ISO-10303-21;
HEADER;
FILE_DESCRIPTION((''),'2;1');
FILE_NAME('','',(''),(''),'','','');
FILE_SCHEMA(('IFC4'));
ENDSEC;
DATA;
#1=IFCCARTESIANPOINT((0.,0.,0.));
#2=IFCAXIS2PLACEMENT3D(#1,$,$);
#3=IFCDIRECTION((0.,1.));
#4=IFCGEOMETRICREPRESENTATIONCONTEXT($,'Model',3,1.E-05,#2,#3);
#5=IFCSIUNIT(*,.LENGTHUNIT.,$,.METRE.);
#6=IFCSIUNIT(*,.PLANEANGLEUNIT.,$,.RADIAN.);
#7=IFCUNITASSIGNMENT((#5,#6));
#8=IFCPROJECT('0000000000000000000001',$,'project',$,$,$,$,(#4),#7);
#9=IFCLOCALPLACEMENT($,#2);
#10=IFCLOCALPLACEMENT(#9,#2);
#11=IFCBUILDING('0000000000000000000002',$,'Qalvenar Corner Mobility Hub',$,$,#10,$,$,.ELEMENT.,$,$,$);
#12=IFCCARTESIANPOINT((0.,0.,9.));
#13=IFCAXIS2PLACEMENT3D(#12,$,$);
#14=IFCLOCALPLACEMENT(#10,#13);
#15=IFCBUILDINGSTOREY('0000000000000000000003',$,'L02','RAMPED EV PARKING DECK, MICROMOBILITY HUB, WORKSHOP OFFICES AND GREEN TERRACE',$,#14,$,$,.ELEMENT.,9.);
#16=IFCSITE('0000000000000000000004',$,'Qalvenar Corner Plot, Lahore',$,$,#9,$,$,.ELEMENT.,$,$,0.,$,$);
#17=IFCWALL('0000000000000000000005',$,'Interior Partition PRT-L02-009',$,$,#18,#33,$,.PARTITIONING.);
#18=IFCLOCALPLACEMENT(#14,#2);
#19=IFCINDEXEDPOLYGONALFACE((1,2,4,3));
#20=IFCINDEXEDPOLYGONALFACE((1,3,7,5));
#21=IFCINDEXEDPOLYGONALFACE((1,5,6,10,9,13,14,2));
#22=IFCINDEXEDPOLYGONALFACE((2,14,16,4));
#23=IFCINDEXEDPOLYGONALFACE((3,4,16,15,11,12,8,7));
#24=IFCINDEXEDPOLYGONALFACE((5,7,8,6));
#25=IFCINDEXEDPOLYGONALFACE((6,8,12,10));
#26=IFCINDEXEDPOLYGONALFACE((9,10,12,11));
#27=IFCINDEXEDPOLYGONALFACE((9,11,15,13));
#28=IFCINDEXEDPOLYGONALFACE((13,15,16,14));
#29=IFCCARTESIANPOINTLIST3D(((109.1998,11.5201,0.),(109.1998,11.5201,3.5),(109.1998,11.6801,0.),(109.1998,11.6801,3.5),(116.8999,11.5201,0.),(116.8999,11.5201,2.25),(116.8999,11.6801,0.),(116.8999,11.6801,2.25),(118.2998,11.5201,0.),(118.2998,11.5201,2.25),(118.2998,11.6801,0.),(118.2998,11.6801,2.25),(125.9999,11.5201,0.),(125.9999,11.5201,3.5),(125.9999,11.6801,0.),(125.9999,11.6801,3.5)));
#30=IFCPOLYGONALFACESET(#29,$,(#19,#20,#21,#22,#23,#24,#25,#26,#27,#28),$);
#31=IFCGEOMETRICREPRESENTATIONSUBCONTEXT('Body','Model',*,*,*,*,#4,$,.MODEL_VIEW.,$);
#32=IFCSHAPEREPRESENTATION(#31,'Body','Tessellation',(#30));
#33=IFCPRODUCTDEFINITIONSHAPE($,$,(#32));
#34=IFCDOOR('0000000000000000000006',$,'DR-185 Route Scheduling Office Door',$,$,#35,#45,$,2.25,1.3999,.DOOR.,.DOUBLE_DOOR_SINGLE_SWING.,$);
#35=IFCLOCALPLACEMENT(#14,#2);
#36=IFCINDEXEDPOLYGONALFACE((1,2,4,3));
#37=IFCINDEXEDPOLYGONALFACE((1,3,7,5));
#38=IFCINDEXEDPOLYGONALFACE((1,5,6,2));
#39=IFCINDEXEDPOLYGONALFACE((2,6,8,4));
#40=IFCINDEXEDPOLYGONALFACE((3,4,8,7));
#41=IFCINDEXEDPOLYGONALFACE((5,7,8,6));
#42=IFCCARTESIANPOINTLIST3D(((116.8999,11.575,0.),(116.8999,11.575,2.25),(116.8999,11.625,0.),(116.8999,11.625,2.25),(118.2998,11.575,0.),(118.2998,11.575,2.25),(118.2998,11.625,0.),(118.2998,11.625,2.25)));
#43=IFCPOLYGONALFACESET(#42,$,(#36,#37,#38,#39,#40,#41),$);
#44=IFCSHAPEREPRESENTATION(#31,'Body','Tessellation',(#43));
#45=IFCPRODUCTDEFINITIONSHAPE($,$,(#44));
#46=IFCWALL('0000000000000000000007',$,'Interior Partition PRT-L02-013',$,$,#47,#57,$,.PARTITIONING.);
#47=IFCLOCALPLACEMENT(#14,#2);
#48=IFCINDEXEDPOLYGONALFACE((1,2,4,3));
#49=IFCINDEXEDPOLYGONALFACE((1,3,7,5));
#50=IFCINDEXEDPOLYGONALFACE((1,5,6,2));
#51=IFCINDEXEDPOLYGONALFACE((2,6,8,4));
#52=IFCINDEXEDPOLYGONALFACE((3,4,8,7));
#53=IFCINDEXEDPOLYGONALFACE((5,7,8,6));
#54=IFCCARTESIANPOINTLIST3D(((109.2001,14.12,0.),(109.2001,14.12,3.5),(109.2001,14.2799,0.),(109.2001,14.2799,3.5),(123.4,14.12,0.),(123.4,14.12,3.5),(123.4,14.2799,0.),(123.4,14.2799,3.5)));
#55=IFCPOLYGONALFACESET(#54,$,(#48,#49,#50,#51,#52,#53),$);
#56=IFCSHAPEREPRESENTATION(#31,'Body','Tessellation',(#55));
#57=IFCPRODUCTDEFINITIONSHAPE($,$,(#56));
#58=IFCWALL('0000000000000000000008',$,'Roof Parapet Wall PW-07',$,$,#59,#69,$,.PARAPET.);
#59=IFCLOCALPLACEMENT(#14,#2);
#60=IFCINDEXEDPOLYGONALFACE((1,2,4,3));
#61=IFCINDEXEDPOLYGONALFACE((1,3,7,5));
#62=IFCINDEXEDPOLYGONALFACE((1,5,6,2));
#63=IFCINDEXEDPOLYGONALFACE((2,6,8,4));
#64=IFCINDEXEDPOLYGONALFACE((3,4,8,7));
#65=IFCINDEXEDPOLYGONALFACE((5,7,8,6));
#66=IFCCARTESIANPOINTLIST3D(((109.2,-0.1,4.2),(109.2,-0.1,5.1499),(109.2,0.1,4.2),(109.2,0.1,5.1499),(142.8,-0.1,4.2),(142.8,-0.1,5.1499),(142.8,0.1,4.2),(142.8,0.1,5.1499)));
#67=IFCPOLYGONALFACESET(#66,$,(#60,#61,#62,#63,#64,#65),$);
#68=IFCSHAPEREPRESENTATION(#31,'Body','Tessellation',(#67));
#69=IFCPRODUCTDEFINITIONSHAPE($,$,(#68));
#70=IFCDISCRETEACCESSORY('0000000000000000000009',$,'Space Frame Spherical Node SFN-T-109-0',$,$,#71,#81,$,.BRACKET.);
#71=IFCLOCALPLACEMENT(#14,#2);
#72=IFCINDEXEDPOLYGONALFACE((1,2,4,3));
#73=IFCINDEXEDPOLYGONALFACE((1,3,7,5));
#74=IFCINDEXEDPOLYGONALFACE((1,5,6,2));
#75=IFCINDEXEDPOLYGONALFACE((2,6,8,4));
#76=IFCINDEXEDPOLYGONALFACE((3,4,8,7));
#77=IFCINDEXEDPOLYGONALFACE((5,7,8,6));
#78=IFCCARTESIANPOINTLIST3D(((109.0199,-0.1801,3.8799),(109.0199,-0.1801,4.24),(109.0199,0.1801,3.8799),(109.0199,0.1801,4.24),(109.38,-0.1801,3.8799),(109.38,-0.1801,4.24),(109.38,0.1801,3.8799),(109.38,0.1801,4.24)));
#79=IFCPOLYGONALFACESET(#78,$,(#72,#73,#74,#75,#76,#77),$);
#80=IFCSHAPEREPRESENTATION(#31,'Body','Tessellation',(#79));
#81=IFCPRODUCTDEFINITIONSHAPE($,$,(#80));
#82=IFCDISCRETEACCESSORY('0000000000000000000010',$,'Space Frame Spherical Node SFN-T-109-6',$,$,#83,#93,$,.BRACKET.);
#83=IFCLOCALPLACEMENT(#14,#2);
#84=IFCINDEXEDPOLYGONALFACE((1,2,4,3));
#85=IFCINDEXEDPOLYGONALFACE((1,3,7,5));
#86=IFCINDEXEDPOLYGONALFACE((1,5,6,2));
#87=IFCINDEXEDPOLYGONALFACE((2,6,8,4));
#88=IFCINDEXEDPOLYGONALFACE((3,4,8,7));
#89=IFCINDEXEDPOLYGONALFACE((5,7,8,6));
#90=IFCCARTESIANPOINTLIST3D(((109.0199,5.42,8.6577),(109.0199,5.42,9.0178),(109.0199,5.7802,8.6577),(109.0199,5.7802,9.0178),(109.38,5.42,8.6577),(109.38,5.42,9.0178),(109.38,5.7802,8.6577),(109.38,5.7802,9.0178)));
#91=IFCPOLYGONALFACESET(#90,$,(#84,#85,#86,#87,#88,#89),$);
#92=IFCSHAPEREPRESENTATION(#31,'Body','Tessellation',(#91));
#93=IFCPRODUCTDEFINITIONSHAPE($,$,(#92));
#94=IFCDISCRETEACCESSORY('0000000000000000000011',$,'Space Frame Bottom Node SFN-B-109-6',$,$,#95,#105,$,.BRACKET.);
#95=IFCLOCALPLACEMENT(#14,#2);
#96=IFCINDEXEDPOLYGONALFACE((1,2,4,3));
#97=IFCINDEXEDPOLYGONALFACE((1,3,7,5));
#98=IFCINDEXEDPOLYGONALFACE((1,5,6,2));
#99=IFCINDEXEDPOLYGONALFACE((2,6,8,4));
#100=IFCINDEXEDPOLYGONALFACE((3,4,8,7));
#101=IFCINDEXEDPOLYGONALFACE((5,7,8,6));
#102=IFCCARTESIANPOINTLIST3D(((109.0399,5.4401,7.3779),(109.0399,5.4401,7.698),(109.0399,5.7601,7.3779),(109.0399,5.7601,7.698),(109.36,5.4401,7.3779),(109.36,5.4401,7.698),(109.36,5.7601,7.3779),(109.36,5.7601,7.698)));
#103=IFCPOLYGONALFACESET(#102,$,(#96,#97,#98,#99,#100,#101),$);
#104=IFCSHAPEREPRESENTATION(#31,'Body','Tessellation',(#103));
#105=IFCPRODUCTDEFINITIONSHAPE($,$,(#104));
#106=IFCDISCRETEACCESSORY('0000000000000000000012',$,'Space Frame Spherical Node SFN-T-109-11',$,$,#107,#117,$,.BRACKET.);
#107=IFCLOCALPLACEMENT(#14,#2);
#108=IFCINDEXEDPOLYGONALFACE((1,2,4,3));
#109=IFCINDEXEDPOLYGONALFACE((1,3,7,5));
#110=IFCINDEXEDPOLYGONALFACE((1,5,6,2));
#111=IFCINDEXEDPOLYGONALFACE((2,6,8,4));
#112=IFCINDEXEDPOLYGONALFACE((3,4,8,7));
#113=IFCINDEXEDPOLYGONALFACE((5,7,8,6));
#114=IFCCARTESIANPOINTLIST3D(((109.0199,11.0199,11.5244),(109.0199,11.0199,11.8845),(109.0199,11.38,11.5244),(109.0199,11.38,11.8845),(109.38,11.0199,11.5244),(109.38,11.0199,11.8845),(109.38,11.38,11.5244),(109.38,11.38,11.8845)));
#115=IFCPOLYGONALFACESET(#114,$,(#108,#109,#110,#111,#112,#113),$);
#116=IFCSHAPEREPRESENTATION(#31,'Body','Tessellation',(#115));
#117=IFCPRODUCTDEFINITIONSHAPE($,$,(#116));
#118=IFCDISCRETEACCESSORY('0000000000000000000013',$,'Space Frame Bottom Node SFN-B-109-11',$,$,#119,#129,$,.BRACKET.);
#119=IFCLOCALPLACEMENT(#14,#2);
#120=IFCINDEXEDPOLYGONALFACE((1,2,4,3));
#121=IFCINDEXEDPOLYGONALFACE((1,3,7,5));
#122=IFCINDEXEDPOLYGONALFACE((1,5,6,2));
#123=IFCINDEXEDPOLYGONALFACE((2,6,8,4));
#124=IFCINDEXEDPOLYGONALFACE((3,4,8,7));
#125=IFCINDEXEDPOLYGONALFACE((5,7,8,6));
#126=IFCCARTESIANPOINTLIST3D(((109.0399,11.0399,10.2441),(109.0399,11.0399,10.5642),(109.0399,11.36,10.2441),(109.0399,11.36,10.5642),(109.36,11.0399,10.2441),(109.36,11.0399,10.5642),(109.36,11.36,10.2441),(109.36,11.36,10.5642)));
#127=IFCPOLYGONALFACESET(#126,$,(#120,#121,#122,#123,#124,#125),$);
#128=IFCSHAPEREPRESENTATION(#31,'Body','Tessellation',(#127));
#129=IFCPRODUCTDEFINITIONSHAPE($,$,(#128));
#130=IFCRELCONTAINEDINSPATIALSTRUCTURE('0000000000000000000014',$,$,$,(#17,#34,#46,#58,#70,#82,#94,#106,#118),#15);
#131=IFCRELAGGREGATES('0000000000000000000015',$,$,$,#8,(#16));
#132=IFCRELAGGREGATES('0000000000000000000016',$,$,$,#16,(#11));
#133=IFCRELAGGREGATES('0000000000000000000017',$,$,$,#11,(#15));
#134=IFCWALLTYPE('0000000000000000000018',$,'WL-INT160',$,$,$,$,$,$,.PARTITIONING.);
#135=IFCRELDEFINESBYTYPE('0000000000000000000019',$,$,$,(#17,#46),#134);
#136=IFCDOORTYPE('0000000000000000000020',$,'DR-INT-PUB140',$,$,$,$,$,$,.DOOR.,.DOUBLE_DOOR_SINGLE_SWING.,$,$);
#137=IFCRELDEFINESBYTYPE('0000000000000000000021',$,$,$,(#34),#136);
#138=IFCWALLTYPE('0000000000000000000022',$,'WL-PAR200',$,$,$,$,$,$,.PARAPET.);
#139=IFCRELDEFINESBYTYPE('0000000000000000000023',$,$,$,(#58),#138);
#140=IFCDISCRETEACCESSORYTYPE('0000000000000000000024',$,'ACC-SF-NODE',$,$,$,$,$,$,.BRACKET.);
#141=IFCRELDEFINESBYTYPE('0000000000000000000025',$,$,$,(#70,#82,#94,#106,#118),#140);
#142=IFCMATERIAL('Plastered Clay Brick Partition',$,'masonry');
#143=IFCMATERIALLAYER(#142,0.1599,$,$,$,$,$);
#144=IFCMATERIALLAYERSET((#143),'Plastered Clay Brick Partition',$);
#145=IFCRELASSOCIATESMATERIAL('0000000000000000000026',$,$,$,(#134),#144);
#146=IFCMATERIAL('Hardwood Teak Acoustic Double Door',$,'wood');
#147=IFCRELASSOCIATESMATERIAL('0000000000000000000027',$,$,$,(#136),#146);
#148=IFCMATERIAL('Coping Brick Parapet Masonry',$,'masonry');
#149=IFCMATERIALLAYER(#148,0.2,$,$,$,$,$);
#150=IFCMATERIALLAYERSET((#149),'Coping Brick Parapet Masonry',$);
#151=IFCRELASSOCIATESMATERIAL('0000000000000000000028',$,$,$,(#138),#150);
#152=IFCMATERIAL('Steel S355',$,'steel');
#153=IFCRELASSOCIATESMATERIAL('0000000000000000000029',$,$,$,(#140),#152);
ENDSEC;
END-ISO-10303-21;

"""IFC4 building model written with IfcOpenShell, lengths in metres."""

from ifc_helpers import new_model, si_unit, direction, frame, frame_2d, origin, origin_2d, place, context, subcontext, project, spatial, rectangle, extrude, material, layer, layer_set, type_object, element, fill, save


model = new_model("IFC4")

# Units and contexts
model_context = context("Model", 3, precision=1e-05, world=origin(), true_north=direction((0.0, 1.0)))
body_context = subcontext(model_context, "Body", "Model", "MODEL_VIEW")
ifc_project = project(units=[si_unit("LENGTHUNIT", "METRE"), si_unit("PLANEANGLEUNIT", "RADIAN")], contexts=[model_context])

# Site, building, storey
site_placement = place(None, origin())
site = spatial("IfcSite", under=ifc_project, at=site_placement, Name="Qalvenar Corner Plot, Lahore", CompositionType="ELEMENT", RefElevation=0.0)
building_placement = place(site_placement, origin())
building = spatial("IfcBuilding", under=site, at=building_placement, Name="Qalvenar Corner Mobility Hub", CompositionType="ELEMENT")
storey_placement = place(building_placement, frame((0.0, 0.0, 9.0)))
storey = spatial("IfcBuildingStorey", under=building, at=storey_placement, Name="L02", Description="RAMPED EV PARKING DECK, MICROMOBILITY HUB, WORKSHOP OFFICES AND GREEN TERRACE", CompositionType="ELEMENT", Elevation=9.0)

# Shared definitions
ifc_material_1 = material(Name="Steel S355", Category="steel")

# Wall, opening, door
ifc_material_2 = material(Name="Plastered Clay Brick Partition", Category="masonry")
ifc_layer_1 = layer(ifc_material_2, 0.1599)
ifc_layer_set_1 = layer_set([ifc_layer_1], Name="Plastered Clay Brick Partition")
wall_type_1 = type_object("IfcWallType", Name="WL-INT160", PredefinedType="PARTITIONING", material=ifc_layer_set_1)
wall_1_placement = place(storey_placement, frame((109.2, 11.6001, 0.0), z_axis=(0.0, 0.0, 1.0), x_axis=(1.0, 0.0, 0.0)))
wall_1 = element("IfcWall", 1, at=wall_1_placement, inside=storey, type_object=wall_type_1, Name="Interior Partition PRT-L02-009", PredefinedType="PARTITIONING", context=body_context, shape_type="SweptSolid", body=[
    extrude(rectangle(XDim=16.8, YDim=0.1599, at=frame_2d((8.3999, 0.0))), origin(), (0.0, 0.0, 1.0), 3.5),
])
opening_1_placement = place(wall_1_placement, frame((7.7, 0.0, 0.0)))
opening_1 = element("IfcOpeningElement", 2, at=opening_1_placement, cuts=wall_1, PredefinedType="OPENING", context=body_context, shape_type="SweptSolid", body=[
    extrude(rectangle(XDim=1.3999, YDim=2.25, at=frame_2d((0.7, 1.125))), frame((0.0, 0.0898, 0.0), z_axis=(0.0, -1.0, 0.0), x_axis=(1.0, 0.0, 0.0)), (0.0, 0.0, 1.0), 0.1799),
])
ifc_material_3 = material(Name="Hardwood Teak Acoustic Double Door", Category="wood")
door_type = type_object("IfcDoorType", Name="DR-INT-PUB140", OperationType="DOUBLE_DOOR_SINGLE_SWING", PredefinedType="DOOR", material=ifc_material_3)
door_placement = place(opening_1_placement, origin())
door = element("IfcDoor", 3, at=door_placement, inside=storey, type_object=door_type, Name="DR-185 Route Scheduling Office Door", OperationType="DOUBLE_DOOR_SINGLE_SWING", OverallHeight=2.25, OverallWidth=1.3999, PredefinedType="DOOR", context=body_context, shape_type="SweptSolid", body=[
    extrude(rectangle(XDim=1.3999, YDim=2.25, at=frame_2d((0.7, 1.125))), frame((0.0, 0.0249, 0.0), z_axis=(0.0, -1.0, 0.0), x_axis=(1.0, 0.0, 0.0)), (0.0, 0.0, 1.0), 0.05),
])
fill(opening_1, door)

# Walls
wall_2_placement = place(storey_placement, frame((109.2, 14.2, 0.0), z_axis=(0.0, 0.0, 1.0), x_axis=(1.0, 0.0, 0.0)))
element("IfcWall", 4, at=wall_2_placement, inside=storey, type_object=wall_type_1, Name="Interior Partition PRT-L02-013", PredefinedType="PARTITIONING", context=body_context, shape_type="SweptSolid", body=[
    extrude(rectangle(XDim=14.2, YDim=0.1599, at=frame_2d((7.1001, 0.0))), origin(), (0.0, 0.0, 1.0), 3.5),
])
ifc_material_4 = material(Name="Coping Brick Parapet Masonry", Category="masonry")
ifc_layer_2 = layer(ifc_material_4, 0.2)
ifc_layer_set_2 = layer_set([ifc_layer_2], Name="Coping Brick Parapet Masonry")
wall_type_2 = type_object("IfcWallType", Name="WL-PAR200", PredefinedType="PARAPET", material=ifc_layer_set_2)
wall_3_placement = place(storey_placement, frame((109.2, 0.0, 4.2), z_axis=(0.0, 0.0, 1.0), x_axis=(1.0, 0.0, 0.0)))
element("IfcWall", 5, at=wall_3_placement, inside=storey, type_object=wall_type_2, Name="Roof Parapet Wall PW-07", PredefinedType="PARAPET", context=body_context, shape_type="SweptSolid", body=[
    extrude(rectangle(XDim=33.6001, YDim=0.2, at=frame_2d((16.8, 0.0))), origin(), (0.0, 0.0, 1.0), 0.95),
])

# Discrete accessories
discrete_accessory_type = type_object("IfcDiscreteAccessoryType", Name="ACC-SF-NODE", PredefinedType="BRACKET", material=ifc_material_1)
for number, where, z_axis, x_axis, name in (
    (6, (109.2, 0.0, 3.8799), (0.0, 0.0, 1.0), (1.0, 0.0, 0.0), "Space Frame Spherical Node SFN-T-109-0"),
    (7, (109.2, 5.6001, 8.6577), (0.0, 0.0, 1.0), (1.0, 0.0, 0.0), "Space Frame Spherical Node SFN-T-109-6"),
):
    element("IfcDiscreteAccessory", number, at=place(storey_placement, frame(where, z_axis=z_axis, x_axis=x_axis)), inside=storey, type_object=discrete_accessory_type, Name=name, PredefinedType="BRACKET", context=body_context, shape_type="SweptSolid", body=[
        extrude(rectangle(XDim=0.3601, YDim=0.3601, at=origin_2d()), origin(), (0.0, 0.0, 1.0), 0.3601),
    ])
discrete_accessory_1_placement = place(storey_placement, frame((109.2, 5.6001, 7.3779), z_axis=(0.0, 0.0, 1.0), x_axis=(1.0, 0.0, 0.0)))
element("IfcDiscreteAccessory", 8, at=discrete_accessory_1_placement, inside=storey, type_object=discrete_accessory_type, Name="Space Frame Bottom Node SFN-B-109-6", PredefinedType="BRACKET", context=body_context, shape_type="SweptSolid", body=[
    extrude(rectangle(XDim=0.3201, YDim=0.3201, at=origin_2d()), origin(), (0.0, 0.0, 1.0), 0.3201),
])
discrete_accessory_2_placement = place(storey_placement, frame((109.2, 11.2, 11.5244), z_axis=(0.0, 0.0, 1.0), x_axis=(1.0, 0.0, 0.0)))
element("IfcDiscreteAccessory", 9, at=discrete_accessory_2_placement, inside=storey, type_object=discrete_accessory_type, Name="Space Frame Spherical Node SFN-T-109-11", PredefinedType="BRACKET", context=body_context, shape_type="SweptSolid", body=[
    extrude(rectangle(XDim=0.3601, YDim=0.3601, at=origin_2d()), origin(), (0.0, 0.0, 1.0), 0.3601),
])
discrete_accessory_3_placement = place(storey_placement, frame((109.2, 11.2, 10.2441), z_axis=(0.0, 0.0, 1.0), x_axis=(1.0, 0.0, 0.0)))
element("IfcDiscreteAccessory", 10, at=discrete_accessory_3_placement, inside=storey, type_object=discrete_accessory_type, Name="Space Frame Bottom Node SFN-B-109-11", PredefinedType="BRACKET", context=body_context, shape_type="SweptSolid", body=[
    extrude(rectangle(XDim=0.3201, YDim=0.3201, at=origin_2d()), origin(), (0.0, 0.0, 1.0), 0.3201),
])

save(model, "model.ifc")
